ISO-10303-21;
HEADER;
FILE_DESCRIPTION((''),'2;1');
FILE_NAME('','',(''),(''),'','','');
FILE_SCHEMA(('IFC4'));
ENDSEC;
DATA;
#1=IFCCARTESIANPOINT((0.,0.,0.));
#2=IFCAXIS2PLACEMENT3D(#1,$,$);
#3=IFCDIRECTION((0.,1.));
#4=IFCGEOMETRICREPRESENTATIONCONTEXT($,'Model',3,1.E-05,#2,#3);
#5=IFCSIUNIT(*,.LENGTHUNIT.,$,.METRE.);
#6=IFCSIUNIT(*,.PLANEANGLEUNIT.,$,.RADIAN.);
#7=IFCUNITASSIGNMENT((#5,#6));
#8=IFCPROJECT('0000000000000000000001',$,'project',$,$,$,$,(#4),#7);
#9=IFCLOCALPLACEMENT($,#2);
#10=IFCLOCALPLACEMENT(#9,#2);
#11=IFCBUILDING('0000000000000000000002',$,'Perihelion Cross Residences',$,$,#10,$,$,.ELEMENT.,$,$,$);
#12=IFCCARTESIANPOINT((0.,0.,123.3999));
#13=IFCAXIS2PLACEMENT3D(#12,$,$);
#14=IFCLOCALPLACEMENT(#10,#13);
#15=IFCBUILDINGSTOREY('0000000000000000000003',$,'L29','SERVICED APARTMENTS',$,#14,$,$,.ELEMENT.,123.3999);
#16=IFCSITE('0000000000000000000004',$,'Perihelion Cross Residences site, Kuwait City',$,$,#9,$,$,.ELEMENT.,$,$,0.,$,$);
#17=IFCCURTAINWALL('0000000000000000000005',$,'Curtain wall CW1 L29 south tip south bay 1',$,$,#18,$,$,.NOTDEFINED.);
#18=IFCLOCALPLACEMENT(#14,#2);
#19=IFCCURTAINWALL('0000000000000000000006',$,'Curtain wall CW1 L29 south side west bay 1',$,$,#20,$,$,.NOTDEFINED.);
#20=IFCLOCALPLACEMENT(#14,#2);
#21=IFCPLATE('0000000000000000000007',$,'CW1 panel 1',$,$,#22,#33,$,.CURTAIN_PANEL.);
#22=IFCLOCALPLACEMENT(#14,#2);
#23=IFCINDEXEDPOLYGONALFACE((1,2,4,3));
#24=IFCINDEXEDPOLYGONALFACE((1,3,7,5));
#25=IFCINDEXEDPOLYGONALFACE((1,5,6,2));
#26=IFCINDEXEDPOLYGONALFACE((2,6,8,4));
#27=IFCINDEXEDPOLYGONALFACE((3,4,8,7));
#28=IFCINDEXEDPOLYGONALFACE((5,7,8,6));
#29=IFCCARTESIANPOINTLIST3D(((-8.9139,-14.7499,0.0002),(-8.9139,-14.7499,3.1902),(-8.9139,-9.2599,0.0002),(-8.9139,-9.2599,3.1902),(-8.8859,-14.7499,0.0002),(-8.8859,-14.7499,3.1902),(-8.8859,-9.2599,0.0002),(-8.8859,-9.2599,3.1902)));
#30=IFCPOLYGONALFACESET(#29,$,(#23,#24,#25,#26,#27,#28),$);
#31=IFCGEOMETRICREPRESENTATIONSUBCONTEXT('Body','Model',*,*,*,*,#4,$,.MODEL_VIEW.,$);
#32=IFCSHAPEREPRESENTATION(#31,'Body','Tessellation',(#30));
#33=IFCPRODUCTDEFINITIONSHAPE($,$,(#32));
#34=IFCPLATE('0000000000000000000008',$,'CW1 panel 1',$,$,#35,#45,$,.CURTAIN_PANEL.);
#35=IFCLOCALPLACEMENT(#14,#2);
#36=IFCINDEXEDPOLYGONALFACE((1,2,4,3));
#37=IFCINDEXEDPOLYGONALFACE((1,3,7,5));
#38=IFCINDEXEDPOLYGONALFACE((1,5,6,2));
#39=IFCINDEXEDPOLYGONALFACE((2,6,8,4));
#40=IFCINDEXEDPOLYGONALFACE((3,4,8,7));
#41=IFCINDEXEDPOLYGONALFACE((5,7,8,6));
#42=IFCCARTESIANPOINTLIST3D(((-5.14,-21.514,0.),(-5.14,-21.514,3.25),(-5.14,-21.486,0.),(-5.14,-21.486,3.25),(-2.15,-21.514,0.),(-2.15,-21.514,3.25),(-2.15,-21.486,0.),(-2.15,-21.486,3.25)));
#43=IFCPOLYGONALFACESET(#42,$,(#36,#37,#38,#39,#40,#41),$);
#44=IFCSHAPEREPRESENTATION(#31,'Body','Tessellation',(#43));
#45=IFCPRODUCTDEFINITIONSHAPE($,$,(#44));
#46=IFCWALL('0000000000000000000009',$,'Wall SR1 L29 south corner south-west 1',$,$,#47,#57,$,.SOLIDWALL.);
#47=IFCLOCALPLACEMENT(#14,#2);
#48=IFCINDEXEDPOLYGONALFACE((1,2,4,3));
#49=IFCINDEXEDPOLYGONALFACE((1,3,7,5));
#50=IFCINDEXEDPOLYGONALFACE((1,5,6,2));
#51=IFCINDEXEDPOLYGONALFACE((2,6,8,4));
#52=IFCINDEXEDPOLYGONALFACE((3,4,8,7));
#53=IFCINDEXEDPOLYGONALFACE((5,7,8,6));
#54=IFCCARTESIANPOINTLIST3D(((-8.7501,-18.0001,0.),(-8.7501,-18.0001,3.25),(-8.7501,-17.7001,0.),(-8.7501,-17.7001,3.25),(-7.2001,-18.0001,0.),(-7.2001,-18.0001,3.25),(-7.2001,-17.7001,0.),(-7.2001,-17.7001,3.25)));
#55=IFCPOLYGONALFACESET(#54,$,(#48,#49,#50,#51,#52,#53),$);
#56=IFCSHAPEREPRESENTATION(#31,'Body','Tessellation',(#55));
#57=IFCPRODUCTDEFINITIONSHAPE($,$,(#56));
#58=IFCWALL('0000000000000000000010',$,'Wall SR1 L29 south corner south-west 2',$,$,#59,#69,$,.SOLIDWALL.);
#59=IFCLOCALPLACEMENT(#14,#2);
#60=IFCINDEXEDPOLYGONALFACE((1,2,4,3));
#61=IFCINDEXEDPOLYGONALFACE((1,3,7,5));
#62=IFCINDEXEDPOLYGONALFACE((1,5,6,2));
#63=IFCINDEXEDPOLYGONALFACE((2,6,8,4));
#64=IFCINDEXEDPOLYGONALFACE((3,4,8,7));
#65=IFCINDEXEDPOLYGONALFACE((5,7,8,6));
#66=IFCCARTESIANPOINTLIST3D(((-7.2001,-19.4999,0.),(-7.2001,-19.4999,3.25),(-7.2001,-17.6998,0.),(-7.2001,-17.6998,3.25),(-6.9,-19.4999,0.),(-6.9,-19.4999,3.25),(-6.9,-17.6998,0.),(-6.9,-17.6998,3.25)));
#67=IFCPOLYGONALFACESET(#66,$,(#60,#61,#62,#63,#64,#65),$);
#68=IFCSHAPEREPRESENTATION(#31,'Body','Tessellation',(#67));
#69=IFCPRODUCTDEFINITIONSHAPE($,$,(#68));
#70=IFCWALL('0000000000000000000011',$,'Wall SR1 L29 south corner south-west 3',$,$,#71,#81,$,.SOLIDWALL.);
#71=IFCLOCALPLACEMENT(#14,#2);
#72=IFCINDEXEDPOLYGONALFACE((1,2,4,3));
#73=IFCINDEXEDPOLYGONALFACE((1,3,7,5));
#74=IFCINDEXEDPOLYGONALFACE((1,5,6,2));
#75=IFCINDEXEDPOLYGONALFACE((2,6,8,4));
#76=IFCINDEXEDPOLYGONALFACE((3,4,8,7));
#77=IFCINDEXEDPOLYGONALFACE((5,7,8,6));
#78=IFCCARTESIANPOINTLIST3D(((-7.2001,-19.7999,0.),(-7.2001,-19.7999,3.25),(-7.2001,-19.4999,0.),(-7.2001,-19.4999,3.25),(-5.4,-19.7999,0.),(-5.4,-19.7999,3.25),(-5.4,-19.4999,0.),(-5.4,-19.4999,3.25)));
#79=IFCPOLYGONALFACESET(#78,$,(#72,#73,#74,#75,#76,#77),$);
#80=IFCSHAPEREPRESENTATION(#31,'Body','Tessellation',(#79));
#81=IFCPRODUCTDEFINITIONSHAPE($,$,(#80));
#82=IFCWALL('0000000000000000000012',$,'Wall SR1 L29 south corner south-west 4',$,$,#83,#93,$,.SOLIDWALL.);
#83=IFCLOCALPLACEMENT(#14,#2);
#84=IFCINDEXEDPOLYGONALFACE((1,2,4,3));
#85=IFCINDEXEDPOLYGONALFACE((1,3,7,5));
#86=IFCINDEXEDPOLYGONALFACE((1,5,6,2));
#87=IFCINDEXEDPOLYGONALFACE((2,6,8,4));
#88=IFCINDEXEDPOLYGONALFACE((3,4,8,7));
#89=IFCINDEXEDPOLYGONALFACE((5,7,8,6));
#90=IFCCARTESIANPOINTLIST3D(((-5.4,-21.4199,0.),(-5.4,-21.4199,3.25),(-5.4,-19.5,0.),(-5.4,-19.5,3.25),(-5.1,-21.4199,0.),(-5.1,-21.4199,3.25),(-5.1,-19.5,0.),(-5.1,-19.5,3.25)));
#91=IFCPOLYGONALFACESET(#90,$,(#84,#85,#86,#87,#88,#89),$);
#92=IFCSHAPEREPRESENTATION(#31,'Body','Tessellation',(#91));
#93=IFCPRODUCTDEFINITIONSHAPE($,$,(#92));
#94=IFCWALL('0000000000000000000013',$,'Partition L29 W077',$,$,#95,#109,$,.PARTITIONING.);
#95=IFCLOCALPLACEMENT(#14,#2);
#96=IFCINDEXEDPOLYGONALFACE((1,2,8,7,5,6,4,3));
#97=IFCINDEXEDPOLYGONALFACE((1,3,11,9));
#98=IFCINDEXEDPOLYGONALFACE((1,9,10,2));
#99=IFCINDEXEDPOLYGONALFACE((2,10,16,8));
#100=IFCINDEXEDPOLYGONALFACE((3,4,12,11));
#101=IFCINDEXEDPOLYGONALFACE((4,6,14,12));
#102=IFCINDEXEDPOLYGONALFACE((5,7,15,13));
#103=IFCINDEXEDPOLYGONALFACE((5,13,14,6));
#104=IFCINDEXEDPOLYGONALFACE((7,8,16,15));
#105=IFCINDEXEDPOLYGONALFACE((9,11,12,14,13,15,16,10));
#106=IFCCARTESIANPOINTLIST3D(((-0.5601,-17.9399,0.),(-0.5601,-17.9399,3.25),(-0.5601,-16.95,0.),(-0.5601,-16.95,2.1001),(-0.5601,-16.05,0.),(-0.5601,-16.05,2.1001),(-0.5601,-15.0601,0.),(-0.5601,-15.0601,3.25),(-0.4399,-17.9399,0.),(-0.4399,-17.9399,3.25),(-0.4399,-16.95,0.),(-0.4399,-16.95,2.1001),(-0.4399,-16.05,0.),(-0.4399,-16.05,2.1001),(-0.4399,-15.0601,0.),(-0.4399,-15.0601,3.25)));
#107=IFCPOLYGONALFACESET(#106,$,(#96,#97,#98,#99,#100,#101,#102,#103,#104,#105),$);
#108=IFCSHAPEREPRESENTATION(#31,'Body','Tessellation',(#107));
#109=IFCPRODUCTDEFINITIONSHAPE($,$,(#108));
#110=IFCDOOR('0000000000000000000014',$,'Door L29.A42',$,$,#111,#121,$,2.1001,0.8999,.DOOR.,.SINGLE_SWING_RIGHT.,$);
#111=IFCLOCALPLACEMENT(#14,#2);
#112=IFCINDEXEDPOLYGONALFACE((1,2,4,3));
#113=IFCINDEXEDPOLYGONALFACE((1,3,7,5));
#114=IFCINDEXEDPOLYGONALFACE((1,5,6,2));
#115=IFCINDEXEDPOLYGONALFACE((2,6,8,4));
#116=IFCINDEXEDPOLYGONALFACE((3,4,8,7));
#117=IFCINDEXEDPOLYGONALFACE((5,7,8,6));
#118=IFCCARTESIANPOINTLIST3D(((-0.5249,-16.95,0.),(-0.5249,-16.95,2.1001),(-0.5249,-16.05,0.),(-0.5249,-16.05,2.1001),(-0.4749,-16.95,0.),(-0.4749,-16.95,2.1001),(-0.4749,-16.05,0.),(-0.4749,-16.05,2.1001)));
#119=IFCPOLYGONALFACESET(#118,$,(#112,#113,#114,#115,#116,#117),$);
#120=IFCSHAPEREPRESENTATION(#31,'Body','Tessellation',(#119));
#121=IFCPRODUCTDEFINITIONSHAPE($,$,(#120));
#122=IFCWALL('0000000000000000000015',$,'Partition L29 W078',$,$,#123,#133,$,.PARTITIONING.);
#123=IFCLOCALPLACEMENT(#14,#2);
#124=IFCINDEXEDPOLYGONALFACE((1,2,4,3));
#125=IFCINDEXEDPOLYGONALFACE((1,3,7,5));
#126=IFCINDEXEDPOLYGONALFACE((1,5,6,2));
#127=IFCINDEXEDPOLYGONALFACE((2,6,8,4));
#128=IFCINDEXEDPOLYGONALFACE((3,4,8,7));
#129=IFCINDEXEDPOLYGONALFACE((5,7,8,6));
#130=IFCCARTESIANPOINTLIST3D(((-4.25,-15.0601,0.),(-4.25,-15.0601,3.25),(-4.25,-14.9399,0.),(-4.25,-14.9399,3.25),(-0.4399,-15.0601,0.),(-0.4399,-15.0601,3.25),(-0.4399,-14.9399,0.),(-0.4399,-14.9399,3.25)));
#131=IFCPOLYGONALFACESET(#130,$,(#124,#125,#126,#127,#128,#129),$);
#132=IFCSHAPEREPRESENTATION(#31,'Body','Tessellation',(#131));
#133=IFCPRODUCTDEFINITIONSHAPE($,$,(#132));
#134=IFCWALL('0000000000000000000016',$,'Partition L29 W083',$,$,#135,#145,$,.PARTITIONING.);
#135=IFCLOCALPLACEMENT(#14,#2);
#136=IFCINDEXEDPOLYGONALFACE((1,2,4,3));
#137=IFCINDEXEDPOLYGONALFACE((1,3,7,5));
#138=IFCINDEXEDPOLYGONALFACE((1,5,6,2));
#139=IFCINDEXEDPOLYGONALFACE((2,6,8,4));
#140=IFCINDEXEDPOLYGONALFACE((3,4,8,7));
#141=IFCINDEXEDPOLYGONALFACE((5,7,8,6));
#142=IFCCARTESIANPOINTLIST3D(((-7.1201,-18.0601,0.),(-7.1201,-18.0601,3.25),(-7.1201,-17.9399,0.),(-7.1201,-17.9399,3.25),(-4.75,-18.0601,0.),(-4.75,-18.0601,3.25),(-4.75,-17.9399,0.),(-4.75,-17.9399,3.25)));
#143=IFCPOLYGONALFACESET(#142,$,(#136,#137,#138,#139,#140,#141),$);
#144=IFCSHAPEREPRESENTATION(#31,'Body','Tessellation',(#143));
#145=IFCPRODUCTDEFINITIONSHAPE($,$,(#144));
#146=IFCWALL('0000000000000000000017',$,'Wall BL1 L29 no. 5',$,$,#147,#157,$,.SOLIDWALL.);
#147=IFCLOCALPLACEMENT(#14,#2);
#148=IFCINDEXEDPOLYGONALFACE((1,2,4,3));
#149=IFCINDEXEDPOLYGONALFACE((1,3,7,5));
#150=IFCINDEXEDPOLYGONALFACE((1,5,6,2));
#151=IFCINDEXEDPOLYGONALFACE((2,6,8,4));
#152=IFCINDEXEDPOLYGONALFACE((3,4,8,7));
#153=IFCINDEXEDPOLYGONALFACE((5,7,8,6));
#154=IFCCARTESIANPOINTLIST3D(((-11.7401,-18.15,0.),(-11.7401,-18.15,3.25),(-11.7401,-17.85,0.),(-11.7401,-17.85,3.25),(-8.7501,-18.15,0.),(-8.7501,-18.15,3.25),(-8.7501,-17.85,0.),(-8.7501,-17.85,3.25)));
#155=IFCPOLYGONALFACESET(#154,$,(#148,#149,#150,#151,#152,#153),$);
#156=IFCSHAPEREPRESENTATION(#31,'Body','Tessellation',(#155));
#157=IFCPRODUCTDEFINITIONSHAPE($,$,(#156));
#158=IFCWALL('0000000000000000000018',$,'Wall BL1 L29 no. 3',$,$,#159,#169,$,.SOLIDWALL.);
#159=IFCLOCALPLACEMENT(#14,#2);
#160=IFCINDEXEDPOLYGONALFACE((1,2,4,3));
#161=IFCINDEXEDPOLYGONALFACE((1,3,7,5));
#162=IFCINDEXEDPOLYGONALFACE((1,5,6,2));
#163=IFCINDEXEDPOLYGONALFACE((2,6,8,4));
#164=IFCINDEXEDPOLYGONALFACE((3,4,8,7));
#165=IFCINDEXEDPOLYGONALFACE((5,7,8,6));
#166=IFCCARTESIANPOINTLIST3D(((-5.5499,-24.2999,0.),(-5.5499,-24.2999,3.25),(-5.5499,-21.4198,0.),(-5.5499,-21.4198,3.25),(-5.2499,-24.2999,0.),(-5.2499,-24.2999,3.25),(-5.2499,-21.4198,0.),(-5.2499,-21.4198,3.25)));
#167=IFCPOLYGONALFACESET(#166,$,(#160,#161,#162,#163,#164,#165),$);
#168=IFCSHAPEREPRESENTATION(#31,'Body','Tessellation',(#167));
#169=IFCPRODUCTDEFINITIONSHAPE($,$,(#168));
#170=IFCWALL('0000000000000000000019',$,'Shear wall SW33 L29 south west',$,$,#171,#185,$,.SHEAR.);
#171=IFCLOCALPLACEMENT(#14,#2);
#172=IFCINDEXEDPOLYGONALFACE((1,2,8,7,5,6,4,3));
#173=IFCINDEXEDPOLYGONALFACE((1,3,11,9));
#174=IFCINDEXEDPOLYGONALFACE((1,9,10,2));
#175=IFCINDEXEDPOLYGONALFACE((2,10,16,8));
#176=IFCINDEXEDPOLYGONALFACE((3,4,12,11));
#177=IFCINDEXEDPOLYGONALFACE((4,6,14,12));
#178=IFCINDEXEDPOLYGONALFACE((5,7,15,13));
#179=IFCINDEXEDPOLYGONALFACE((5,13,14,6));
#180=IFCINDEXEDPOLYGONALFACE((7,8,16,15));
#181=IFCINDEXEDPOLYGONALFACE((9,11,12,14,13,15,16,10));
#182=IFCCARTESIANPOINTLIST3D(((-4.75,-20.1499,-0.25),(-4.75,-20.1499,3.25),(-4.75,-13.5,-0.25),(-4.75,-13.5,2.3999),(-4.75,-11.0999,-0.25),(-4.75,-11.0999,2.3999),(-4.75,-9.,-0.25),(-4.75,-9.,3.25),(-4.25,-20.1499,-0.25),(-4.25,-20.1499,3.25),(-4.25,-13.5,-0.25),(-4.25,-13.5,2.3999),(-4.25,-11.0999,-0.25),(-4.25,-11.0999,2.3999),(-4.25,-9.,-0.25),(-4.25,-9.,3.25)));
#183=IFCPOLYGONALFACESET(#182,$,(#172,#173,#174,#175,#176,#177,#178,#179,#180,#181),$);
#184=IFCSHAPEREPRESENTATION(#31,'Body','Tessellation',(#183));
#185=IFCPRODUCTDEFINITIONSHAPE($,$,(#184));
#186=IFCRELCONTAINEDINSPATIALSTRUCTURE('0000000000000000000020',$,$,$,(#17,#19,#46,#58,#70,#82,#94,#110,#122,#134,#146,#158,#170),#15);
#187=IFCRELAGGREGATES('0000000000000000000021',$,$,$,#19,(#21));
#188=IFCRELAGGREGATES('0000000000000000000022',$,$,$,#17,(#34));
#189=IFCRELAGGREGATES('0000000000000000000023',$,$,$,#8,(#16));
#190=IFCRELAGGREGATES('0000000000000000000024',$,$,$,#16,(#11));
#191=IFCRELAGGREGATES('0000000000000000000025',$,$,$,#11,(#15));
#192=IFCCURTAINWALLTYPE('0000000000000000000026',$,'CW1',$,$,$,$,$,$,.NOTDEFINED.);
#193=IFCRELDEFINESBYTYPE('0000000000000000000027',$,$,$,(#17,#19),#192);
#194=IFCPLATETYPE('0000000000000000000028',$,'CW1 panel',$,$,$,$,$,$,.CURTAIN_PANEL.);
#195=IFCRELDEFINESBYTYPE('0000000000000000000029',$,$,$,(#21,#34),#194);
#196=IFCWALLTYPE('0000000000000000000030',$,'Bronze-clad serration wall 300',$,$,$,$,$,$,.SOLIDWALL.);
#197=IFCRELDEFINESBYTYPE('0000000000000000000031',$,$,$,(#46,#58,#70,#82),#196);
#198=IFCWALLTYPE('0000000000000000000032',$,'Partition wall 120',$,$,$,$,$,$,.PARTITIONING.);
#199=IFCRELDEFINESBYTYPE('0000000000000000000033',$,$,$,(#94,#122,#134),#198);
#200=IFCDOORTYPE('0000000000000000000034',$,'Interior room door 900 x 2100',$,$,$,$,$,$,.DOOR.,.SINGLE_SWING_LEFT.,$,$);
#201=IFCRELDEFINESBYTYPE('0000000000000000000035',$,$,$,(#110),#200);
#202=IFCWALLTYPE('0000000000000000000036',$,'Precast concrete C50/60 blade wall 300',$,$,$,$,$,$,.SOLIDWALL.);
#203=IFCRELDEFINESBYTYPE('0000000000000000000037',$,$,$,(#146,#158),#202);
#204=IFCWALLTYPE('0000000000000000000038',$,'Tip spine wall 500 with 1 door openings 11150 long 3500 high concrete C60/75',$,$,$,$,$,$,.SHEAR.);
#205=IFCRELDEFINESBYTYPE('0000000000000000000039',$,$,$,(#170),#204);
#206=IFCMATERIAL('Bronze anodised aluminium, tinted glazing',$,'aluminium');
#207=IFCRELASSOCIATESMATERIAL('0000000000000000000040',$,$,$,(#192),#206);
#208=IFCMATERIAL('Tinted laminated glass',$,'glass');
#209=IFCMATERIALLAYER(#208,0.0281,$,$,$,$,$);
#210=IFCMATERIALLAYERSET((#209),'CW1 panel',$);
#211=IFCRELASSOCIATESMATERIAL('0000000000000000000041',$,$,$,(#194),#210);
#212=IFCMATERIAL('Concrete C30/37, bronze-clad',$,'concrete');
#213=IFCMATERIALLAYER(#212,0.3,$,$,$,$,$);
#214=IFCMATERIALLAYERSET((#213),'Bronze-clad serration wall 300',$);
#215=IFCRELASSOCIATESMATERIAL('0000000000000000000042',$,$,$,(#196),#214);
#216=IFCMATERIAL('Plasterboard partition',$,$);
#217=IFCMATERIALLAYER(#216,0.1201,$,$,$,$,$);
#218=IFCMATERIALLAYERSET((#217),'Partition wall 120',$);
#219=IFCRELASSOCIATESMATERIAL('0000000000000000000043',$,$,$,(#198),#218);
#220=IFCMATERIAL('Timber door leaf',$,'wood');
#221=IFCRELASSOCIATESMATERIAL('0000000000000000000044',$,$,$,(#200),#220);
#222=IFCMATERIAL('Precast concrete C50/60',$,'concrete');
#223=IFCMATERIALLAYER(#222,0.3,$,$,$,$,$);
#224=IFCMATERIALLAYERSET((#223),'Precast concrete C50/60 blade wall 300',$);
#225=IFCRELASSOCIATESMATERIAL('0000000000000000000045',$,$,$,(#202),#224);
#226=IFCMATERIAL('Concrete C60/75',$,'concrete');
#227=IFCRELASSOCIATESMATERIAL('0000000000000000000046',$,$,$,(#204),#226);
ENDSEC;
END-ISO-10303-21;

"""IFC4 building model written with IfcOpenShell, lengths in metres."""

from ifc_helpers import new_model, si_unit, direction, frame, frame_2d, origin, origin_2d, place, context, subcontext, project, spatial, polyline, rectangle, outline, extrude, material, layer, layer_set, material_profile, profile_set, type_object, element, fill, aggregate, save


model = new_model("IFC4")

# Units and contexts
model_context = context("Model", 3, precision=1e-05, world=origin(), true_north=direction((0.0, 1.0)))
body_context = subcontext(model_context, "Body", "Model", "MODEL_VIEW")
ifc_project = project(units=[si_unit("LENGTHUNIT", "METRE"), si_unit("PLANEANGLEUNIT", "RADIAN")], contexts=[model_context])

# Site, building, storey
site_placement = place(None, origin())
site = spatial("IfcSite", under=ifc_project, at=site_placement, Name="Perihelion Cross Residences site, Kuwait City", CompositionType="ELEMENT", RefElevation=0.0)
building_placement = place(site_placement, origin())
building = spatial("IfcBuilding", under=site, at=building_placement, Name="Perihelion Cross Residences", CompositionType="ELEMENT")
storey_placement = place(building_placement, frame((0.0, 0.0, 123.3999)))
storey = spatial("IfcBuildingStorey", under=building, at=storey_placement, Name="L29", Description="SERVICED APARTMENTS", CompositionType="ELEMENT", Elevation=123.3999)

# Curtain wall
ifc_material_1 = material(Name="Bronze anodised aluminium, tinted glazing", Category="aluminium")
curtain_wall_type_1 = type_object("IfcCurtainWallType", Name="CW1", PredefinedType="NOTDEFINED", material=ifc_material_1)
curtain_wall_1_placement = place(storey_placement, origin())
curtain_wall_1 = element("IfcCurtainWall", 1, at=curtain_wall_1_placement, inside=storey, type_object=curtain_wall_type_1, Name="Curtain wall CW1 L29 south tip south bay 1", PredefinedType="NOTDEFINED")

# Curtain wall, plate
curtain_wall_2_placement = place(storey_placement, origin())
curtain_wall_2 = element("IfcCurtainWall", 2, at=curtain_wall_2_placement, inside=storey, type_object=curtain_wall_type_1, Name="Curtain wall CW1 L29 south side west bay 1", PredefinedType="NOTDEFINED")
ifc_material_2 = material(Name="Tinted laminated glass", Category="glass")
ifc_layer_1 = layer(ifc_material_2, 0.0281)
ifc_layer_set_1 = layer_set([ifc_layer_1], Name="CW1 panel")
plate_type = type_object("IfcPlateType", Name="CW1 panel", PredefinedType="CURTAIN_PANEL", material=ifc_layer_set_1)
plate_1_placement = place(storey_placement, frame((-8.8999, -12.0049, 0.0002), z_axis=(0.0, 0.0, 1.0), x_axis=(0.0, -1.0, 0.0)))
plate_1 = element("IfcPlate", 3, at=plate_1_placement, type_object=plate_type, Name="CW1 panel 1", PredefinedType="CURTAIN_PANEL", context=body_context, shape_type="SweptSolid", body=[
    extrude(rectangle(XDim=5.49, YDim=0.0281, at=origin_2d()), origin(), (0.0, 0.0, 1.0), 3.1899),
])
aggregate(curtain_wall_2, [plate_1])

# Plate
plate_2_placement = place(storey_placement, frame((-3.645, -21.5, 0.0), z_axis=(0.0, 0.0, 1.0), x_axis=(1.0, 0.0, 0.0)))
plate_2 = element("IfcPlate", 4, at=plate_2_placement, type_object=plate_type, Name="CW1 panel 1", PredefinedType="CURTAIN_PANEL", context=body_context, shape_type="SweptSolid", body=[
    extrude(rectangle(XDim=2.99, YDim=0.0281, at=origin_2d()), origin(), (0.0, 0.0, 1.0), 3.25),
])
aggregate(curtain_wall_1, [plate_2])

# Walls
ifc_material_3 = material(Name="Concrete C30/37, bronze-clad", Category="concrete")
ifc_layer_2 = layer(ifc_material_3, 0.3)
ifc_layer_set_2 = layer_set([ifc_layer_2], Name="Bronze-clad serration wall 300")
wall_type_1 = type_object("IfcWallType", Name="Bronze-clad serration wall 300", PredefinedType="SOLIDWALL", material=ifc_layer_set_2)
wall_1_placement = place(storey_placement, frame((-8.75, -17.8501, 0.0), z_axis=(0.0, 0.0, 1.0), x_axis=(1.0, 0.0, 0.0)))
element("IfcWall", 5, at=wall_1_placement, inside=storey, type_object=wall_type_1, Name="Wall SR1 L29 south corner south-west 1", PredefinedType="SOLIDWALL", context=body_context, shape_type="SweptSolid", body=[
    extrude(rectangle(XDim=1.55, YDim=0.3, at=frame_2d((0.7749, 0.0))), origin(), (0.0, 0.0, 1.0), 3.25),
])
for number, where, z_axis, x_axis, name in (
    (6, (-7.05, -17.7, 0.0), (0.0, 0.0, 1.0), (0.0, -1.0, 0.0), "Wall SR1 L29 south corner south-west 2"),
    (7, (-7.2, -19.6499, 0.0), (0.0, 0.0, 1.0), (1.0, 0.0, 0.0), "Wall SR1 L29 south corner south-west 3"),
):
    element("IfcWall", number, at=place(storey_placement, frame(where, z_axis=z_axis, x_axis=x_axis)), inside=storey, type_object=wall_type_1, Name=name, PredefinedType="SOLIDWALL", context=body_context, shape_type="SweptSolid", body=[
        extrude(rectangle(XDim=1.8, YDim=0.3, at=frame_2d((0.8999, 0.0))), origin(), (0.0, 0.0, 1.0), 3.25),
    ])
wall_2_placement = place(storey_placement, frame((-5.25, -19.5, 0.0), z_axis=(0.0, 0.0, 1.0), x_axis=(0.0, -1.0, 0.0)))
element("IfcWall", 8, at=wall_2_placement, inside=storey, type_object=wall_type_1, Name="Wall SR1 L29 south corner south-west 4", PredefinedType="SOLIDWALL", context=body_context, shape_type="SweptSolid", body=[
    extrude(rectangle(XDim=1.9199, YDim=0.3, at=frame_2d((0.96, 0.0))), origin(), (0.0, 0.0, 1.0), 3.25),
])

# Wall, opening, door
ifc_material_4 = material(Name="Plasterboard partition")
ifc_layer_3 = layer(ifc_material_4, 0.1201)
ifc_layer_set_3 = layer_set([ifc_layer_3], Name="Partition wall 120")
wall_type_2 = type_object("IfcWallType", Name="Partition wall 120", PredefinedType="PARTITIONING", material=ifc_layer_set_3)
wall_3_placement = place(storey_placement, frame((-0.5, -17.9399, 0.0), z_axis=(0.0, 0.0, 1.0), x_axis=(0.0, 1.0, 0.0)))
wall_3 = element("IfcWall", 9, at=wall_3_placement, inside=storey, type_object=wall_type_2, Name="Partition L29 W077", PredefinedType="PARTITIONING", context=body_context, shape_type="SweptSolid", body=[
    extrude(rectangle(XDim=2.8799, YDim=0.1201, at=frame_2d((1.4399, 0.0))), origin(), (0.0, 0.0, 1.0), 3.25),
])
opening_1_placement = place(wall_3_placement, frame((0.99, 0.0, 0.0)))
opening_1 = element("IfcOpeningElement", 10, at=opening_1_placement, cuts=wall_3, PredefinedType="OPENING", context=body_context, shape_type="SweptSolid", body=[
    extrude(rectangle(XDim=0.8999, YDim=2.1001, at=frame_2d((0.45, 1.05))), frame((0.0, 0.0701, 0.0), z_axis=(0.0, -1.0, 0.0), x_axis=(1.0, 0.0, 0.0)), (0.0, 0.0, 1.0), 0.1401),
])
ifc_material_5 = material(Name="Timber door leaf", Category="wood")
door_type_1 = type_object("IfcDoorType", Name="Interior room door 900 x 2100", OperationType="SINGLE_SWING_LEFT", PredefinedType="DOOR", material=ifc_material_5)
door_1_placement = place(opening_1_placement, origin())
door_1 = element("IfcDoor", 11, at=door_1_placement, inside=storey, type_object=door_type_1, Name="Door L29.A42", OperationType="SINGLE_SWING_RIGHT", OverallHeight=2.1001, OverallWidth=0.8999, PredefinedType="DOOR", context=body_context, shape_type="SweptSolid", body=[
    extrude(rectangle(XDim=0.8999, YDim=2.1001, at=frame_2d((0.45, 1.05))), frame((0.0, 0.0249, 0.0), z_axis=(0.0, -1.0, 0.0), x_axis=(1.0, 0.0, 0.0)), (0.0, 0.0, 1.0), 0.05),
])
fill(opening_1, door_1)

# Walls
wall_4_placement = place(storey_placement, frame((-0.4399, -15.0, 0.0), z_axis=(0.0, 0.0, 1.0), x_axis=(-1.0, 0.0, 0.0)))
element("IfcWall", 12, at=wall_4_placement, inside=storey, type_object=wall_type_2, Name="Partition L29 W078", PredefinedType="PARTITIONING", context=body_context, shape_type="SweptSolid", body=[
    extrude(rectangle(XDim=3.8101, YDim=0.1201, at=frame_2d((1.905, 0.0))), origin(), (0.0, 0.0, 1.0), 3.25),
])
wall_5_placement = place(storey_placement, frame((-4.75, -18.0, 0.0), z_axis=(0.0, 0.0, 1.0), x_axis=(-1.0, 0.0, 0.0)))
element("IfcWall", 13, at=wall_5_placement, inside=storey, type_object=wall_type_2, Name="Partition L29 W083", PredefinedType="PARTITIONING", context=body_context, shape_type="SweptSolid", body=[
    extrude(rectangle(XDim=2.3701, YDim=0.1201, at=frame_2d((1.1851, 0.0))), origin(), (0.0, 0.0, 1.0), 3.25),
])
ifc_material_6 = material(Name="Precast concrete C50/60", Category="concrete")
ifc_layer_4 = layer(ifc_material_6, 0.3)
ifc_layer_set_4 = layer_set([ifc_layer_4], Name="Precast concrete C50/60 blade wall 300")
wall_type_3 = type_object("IfcWallType", Name="Precast concrete C50/60 blade wall 300", PredefinedType="SOLIDWALL", material=ifc_layer_set_4)
wall_6_placement = place(storey_placement, frame((-8.75, -18.0, 0.0), z_axis=(0.0, 0.0, 1.0), x_axis=(-1.0, 0.0, 0.0)))
element("IfcWall", 14, at=wall_6_placement, inside=storey, type_object=wall_type_3, Name="Wall BL1 L29 no. 5", PredefinedType="SOLIDWALL", context=body_context, shape_type="SweptSolid", body=[
    extrude(rectangle(XDim=2.99, YDim=0.3, at=frame_2d((1.4951, 0.0))), origin(), (0.0, 0.0, 1.0), 3.25),
])
wall_7_placement = place(storey_placement, frame((-5.3999, -21.4199, 0.0), z_axis=(0.0, 0.0, 1.0), x_axis=(0.0, -1.0, 0.0)))
element("IfcWall", 15, at=wall_7_placement, inside=storey, type_object=wall_type_3, Name="Wall BL1 L29 no. 3", PredefinedType="SOLIDWALL", context=body_context, shape_type="SweptSolid", body=[
    extrude(rectangle(XDim=2.8801, YDim=0.3, at=frame_2d((1.4399, 0.0))), origin(), (0.0, 0.0, 1.0), 3.25),
])
ifc_material_7 = material(Name="Concrete C60/75", Category="concrete")
ifc_material_profile_1 = material_profile(ifc_material_7, outline(polyline([(0.0, 0.0), (6.6499, 0.0), (6.6499, 2.6499), (9.05, 2.6499), (9.05, 0.0), (11.1499, 0.0), (11.1499, 3.5), (0.0, 3.5), (0.0, 0.0)])), Name="Tip spine wall")
ifc_profile_set_1 = profile_set([ifc_material_profile_1], Name="Concrete C60/75")
wall_type_4 = type_object("IfcWallType", Name="Tip spine wall 500 with 1 door openings 11150 long 3500 high concrete C60/75", PredefinedType="SHEAR", material=ifc_profile_set_1)
wall_8_placement = place(storey_placement, frame((-4.75, -20.1499, -0.25), z_axis=(1.0, 0.0, 0.0), x_axis=(0.0, 1.0, 0.0)))
element("IfcWall", 16, at=wall_8_placement, inside=storey, type_object=wall_type_4, Name="Shear wall SW33 L29 south west", PredefinedType="SHEAR", context=body_context, shape_type="SweptSolid", body=[
    extrude(outline(polyline([(0.0, 0.0), (6.6499, 0.0), (6.6499, 2.6499), (9.05, 2.6499), (9.05, 0.0), (11.1499, 0.0), (11.1499, 3.5), (0.0, 3.5), (0.0, 0.0)])), origin(), (0.0, 0.0, 1.0), 0.5),
])

save(model, "model.ifc")
